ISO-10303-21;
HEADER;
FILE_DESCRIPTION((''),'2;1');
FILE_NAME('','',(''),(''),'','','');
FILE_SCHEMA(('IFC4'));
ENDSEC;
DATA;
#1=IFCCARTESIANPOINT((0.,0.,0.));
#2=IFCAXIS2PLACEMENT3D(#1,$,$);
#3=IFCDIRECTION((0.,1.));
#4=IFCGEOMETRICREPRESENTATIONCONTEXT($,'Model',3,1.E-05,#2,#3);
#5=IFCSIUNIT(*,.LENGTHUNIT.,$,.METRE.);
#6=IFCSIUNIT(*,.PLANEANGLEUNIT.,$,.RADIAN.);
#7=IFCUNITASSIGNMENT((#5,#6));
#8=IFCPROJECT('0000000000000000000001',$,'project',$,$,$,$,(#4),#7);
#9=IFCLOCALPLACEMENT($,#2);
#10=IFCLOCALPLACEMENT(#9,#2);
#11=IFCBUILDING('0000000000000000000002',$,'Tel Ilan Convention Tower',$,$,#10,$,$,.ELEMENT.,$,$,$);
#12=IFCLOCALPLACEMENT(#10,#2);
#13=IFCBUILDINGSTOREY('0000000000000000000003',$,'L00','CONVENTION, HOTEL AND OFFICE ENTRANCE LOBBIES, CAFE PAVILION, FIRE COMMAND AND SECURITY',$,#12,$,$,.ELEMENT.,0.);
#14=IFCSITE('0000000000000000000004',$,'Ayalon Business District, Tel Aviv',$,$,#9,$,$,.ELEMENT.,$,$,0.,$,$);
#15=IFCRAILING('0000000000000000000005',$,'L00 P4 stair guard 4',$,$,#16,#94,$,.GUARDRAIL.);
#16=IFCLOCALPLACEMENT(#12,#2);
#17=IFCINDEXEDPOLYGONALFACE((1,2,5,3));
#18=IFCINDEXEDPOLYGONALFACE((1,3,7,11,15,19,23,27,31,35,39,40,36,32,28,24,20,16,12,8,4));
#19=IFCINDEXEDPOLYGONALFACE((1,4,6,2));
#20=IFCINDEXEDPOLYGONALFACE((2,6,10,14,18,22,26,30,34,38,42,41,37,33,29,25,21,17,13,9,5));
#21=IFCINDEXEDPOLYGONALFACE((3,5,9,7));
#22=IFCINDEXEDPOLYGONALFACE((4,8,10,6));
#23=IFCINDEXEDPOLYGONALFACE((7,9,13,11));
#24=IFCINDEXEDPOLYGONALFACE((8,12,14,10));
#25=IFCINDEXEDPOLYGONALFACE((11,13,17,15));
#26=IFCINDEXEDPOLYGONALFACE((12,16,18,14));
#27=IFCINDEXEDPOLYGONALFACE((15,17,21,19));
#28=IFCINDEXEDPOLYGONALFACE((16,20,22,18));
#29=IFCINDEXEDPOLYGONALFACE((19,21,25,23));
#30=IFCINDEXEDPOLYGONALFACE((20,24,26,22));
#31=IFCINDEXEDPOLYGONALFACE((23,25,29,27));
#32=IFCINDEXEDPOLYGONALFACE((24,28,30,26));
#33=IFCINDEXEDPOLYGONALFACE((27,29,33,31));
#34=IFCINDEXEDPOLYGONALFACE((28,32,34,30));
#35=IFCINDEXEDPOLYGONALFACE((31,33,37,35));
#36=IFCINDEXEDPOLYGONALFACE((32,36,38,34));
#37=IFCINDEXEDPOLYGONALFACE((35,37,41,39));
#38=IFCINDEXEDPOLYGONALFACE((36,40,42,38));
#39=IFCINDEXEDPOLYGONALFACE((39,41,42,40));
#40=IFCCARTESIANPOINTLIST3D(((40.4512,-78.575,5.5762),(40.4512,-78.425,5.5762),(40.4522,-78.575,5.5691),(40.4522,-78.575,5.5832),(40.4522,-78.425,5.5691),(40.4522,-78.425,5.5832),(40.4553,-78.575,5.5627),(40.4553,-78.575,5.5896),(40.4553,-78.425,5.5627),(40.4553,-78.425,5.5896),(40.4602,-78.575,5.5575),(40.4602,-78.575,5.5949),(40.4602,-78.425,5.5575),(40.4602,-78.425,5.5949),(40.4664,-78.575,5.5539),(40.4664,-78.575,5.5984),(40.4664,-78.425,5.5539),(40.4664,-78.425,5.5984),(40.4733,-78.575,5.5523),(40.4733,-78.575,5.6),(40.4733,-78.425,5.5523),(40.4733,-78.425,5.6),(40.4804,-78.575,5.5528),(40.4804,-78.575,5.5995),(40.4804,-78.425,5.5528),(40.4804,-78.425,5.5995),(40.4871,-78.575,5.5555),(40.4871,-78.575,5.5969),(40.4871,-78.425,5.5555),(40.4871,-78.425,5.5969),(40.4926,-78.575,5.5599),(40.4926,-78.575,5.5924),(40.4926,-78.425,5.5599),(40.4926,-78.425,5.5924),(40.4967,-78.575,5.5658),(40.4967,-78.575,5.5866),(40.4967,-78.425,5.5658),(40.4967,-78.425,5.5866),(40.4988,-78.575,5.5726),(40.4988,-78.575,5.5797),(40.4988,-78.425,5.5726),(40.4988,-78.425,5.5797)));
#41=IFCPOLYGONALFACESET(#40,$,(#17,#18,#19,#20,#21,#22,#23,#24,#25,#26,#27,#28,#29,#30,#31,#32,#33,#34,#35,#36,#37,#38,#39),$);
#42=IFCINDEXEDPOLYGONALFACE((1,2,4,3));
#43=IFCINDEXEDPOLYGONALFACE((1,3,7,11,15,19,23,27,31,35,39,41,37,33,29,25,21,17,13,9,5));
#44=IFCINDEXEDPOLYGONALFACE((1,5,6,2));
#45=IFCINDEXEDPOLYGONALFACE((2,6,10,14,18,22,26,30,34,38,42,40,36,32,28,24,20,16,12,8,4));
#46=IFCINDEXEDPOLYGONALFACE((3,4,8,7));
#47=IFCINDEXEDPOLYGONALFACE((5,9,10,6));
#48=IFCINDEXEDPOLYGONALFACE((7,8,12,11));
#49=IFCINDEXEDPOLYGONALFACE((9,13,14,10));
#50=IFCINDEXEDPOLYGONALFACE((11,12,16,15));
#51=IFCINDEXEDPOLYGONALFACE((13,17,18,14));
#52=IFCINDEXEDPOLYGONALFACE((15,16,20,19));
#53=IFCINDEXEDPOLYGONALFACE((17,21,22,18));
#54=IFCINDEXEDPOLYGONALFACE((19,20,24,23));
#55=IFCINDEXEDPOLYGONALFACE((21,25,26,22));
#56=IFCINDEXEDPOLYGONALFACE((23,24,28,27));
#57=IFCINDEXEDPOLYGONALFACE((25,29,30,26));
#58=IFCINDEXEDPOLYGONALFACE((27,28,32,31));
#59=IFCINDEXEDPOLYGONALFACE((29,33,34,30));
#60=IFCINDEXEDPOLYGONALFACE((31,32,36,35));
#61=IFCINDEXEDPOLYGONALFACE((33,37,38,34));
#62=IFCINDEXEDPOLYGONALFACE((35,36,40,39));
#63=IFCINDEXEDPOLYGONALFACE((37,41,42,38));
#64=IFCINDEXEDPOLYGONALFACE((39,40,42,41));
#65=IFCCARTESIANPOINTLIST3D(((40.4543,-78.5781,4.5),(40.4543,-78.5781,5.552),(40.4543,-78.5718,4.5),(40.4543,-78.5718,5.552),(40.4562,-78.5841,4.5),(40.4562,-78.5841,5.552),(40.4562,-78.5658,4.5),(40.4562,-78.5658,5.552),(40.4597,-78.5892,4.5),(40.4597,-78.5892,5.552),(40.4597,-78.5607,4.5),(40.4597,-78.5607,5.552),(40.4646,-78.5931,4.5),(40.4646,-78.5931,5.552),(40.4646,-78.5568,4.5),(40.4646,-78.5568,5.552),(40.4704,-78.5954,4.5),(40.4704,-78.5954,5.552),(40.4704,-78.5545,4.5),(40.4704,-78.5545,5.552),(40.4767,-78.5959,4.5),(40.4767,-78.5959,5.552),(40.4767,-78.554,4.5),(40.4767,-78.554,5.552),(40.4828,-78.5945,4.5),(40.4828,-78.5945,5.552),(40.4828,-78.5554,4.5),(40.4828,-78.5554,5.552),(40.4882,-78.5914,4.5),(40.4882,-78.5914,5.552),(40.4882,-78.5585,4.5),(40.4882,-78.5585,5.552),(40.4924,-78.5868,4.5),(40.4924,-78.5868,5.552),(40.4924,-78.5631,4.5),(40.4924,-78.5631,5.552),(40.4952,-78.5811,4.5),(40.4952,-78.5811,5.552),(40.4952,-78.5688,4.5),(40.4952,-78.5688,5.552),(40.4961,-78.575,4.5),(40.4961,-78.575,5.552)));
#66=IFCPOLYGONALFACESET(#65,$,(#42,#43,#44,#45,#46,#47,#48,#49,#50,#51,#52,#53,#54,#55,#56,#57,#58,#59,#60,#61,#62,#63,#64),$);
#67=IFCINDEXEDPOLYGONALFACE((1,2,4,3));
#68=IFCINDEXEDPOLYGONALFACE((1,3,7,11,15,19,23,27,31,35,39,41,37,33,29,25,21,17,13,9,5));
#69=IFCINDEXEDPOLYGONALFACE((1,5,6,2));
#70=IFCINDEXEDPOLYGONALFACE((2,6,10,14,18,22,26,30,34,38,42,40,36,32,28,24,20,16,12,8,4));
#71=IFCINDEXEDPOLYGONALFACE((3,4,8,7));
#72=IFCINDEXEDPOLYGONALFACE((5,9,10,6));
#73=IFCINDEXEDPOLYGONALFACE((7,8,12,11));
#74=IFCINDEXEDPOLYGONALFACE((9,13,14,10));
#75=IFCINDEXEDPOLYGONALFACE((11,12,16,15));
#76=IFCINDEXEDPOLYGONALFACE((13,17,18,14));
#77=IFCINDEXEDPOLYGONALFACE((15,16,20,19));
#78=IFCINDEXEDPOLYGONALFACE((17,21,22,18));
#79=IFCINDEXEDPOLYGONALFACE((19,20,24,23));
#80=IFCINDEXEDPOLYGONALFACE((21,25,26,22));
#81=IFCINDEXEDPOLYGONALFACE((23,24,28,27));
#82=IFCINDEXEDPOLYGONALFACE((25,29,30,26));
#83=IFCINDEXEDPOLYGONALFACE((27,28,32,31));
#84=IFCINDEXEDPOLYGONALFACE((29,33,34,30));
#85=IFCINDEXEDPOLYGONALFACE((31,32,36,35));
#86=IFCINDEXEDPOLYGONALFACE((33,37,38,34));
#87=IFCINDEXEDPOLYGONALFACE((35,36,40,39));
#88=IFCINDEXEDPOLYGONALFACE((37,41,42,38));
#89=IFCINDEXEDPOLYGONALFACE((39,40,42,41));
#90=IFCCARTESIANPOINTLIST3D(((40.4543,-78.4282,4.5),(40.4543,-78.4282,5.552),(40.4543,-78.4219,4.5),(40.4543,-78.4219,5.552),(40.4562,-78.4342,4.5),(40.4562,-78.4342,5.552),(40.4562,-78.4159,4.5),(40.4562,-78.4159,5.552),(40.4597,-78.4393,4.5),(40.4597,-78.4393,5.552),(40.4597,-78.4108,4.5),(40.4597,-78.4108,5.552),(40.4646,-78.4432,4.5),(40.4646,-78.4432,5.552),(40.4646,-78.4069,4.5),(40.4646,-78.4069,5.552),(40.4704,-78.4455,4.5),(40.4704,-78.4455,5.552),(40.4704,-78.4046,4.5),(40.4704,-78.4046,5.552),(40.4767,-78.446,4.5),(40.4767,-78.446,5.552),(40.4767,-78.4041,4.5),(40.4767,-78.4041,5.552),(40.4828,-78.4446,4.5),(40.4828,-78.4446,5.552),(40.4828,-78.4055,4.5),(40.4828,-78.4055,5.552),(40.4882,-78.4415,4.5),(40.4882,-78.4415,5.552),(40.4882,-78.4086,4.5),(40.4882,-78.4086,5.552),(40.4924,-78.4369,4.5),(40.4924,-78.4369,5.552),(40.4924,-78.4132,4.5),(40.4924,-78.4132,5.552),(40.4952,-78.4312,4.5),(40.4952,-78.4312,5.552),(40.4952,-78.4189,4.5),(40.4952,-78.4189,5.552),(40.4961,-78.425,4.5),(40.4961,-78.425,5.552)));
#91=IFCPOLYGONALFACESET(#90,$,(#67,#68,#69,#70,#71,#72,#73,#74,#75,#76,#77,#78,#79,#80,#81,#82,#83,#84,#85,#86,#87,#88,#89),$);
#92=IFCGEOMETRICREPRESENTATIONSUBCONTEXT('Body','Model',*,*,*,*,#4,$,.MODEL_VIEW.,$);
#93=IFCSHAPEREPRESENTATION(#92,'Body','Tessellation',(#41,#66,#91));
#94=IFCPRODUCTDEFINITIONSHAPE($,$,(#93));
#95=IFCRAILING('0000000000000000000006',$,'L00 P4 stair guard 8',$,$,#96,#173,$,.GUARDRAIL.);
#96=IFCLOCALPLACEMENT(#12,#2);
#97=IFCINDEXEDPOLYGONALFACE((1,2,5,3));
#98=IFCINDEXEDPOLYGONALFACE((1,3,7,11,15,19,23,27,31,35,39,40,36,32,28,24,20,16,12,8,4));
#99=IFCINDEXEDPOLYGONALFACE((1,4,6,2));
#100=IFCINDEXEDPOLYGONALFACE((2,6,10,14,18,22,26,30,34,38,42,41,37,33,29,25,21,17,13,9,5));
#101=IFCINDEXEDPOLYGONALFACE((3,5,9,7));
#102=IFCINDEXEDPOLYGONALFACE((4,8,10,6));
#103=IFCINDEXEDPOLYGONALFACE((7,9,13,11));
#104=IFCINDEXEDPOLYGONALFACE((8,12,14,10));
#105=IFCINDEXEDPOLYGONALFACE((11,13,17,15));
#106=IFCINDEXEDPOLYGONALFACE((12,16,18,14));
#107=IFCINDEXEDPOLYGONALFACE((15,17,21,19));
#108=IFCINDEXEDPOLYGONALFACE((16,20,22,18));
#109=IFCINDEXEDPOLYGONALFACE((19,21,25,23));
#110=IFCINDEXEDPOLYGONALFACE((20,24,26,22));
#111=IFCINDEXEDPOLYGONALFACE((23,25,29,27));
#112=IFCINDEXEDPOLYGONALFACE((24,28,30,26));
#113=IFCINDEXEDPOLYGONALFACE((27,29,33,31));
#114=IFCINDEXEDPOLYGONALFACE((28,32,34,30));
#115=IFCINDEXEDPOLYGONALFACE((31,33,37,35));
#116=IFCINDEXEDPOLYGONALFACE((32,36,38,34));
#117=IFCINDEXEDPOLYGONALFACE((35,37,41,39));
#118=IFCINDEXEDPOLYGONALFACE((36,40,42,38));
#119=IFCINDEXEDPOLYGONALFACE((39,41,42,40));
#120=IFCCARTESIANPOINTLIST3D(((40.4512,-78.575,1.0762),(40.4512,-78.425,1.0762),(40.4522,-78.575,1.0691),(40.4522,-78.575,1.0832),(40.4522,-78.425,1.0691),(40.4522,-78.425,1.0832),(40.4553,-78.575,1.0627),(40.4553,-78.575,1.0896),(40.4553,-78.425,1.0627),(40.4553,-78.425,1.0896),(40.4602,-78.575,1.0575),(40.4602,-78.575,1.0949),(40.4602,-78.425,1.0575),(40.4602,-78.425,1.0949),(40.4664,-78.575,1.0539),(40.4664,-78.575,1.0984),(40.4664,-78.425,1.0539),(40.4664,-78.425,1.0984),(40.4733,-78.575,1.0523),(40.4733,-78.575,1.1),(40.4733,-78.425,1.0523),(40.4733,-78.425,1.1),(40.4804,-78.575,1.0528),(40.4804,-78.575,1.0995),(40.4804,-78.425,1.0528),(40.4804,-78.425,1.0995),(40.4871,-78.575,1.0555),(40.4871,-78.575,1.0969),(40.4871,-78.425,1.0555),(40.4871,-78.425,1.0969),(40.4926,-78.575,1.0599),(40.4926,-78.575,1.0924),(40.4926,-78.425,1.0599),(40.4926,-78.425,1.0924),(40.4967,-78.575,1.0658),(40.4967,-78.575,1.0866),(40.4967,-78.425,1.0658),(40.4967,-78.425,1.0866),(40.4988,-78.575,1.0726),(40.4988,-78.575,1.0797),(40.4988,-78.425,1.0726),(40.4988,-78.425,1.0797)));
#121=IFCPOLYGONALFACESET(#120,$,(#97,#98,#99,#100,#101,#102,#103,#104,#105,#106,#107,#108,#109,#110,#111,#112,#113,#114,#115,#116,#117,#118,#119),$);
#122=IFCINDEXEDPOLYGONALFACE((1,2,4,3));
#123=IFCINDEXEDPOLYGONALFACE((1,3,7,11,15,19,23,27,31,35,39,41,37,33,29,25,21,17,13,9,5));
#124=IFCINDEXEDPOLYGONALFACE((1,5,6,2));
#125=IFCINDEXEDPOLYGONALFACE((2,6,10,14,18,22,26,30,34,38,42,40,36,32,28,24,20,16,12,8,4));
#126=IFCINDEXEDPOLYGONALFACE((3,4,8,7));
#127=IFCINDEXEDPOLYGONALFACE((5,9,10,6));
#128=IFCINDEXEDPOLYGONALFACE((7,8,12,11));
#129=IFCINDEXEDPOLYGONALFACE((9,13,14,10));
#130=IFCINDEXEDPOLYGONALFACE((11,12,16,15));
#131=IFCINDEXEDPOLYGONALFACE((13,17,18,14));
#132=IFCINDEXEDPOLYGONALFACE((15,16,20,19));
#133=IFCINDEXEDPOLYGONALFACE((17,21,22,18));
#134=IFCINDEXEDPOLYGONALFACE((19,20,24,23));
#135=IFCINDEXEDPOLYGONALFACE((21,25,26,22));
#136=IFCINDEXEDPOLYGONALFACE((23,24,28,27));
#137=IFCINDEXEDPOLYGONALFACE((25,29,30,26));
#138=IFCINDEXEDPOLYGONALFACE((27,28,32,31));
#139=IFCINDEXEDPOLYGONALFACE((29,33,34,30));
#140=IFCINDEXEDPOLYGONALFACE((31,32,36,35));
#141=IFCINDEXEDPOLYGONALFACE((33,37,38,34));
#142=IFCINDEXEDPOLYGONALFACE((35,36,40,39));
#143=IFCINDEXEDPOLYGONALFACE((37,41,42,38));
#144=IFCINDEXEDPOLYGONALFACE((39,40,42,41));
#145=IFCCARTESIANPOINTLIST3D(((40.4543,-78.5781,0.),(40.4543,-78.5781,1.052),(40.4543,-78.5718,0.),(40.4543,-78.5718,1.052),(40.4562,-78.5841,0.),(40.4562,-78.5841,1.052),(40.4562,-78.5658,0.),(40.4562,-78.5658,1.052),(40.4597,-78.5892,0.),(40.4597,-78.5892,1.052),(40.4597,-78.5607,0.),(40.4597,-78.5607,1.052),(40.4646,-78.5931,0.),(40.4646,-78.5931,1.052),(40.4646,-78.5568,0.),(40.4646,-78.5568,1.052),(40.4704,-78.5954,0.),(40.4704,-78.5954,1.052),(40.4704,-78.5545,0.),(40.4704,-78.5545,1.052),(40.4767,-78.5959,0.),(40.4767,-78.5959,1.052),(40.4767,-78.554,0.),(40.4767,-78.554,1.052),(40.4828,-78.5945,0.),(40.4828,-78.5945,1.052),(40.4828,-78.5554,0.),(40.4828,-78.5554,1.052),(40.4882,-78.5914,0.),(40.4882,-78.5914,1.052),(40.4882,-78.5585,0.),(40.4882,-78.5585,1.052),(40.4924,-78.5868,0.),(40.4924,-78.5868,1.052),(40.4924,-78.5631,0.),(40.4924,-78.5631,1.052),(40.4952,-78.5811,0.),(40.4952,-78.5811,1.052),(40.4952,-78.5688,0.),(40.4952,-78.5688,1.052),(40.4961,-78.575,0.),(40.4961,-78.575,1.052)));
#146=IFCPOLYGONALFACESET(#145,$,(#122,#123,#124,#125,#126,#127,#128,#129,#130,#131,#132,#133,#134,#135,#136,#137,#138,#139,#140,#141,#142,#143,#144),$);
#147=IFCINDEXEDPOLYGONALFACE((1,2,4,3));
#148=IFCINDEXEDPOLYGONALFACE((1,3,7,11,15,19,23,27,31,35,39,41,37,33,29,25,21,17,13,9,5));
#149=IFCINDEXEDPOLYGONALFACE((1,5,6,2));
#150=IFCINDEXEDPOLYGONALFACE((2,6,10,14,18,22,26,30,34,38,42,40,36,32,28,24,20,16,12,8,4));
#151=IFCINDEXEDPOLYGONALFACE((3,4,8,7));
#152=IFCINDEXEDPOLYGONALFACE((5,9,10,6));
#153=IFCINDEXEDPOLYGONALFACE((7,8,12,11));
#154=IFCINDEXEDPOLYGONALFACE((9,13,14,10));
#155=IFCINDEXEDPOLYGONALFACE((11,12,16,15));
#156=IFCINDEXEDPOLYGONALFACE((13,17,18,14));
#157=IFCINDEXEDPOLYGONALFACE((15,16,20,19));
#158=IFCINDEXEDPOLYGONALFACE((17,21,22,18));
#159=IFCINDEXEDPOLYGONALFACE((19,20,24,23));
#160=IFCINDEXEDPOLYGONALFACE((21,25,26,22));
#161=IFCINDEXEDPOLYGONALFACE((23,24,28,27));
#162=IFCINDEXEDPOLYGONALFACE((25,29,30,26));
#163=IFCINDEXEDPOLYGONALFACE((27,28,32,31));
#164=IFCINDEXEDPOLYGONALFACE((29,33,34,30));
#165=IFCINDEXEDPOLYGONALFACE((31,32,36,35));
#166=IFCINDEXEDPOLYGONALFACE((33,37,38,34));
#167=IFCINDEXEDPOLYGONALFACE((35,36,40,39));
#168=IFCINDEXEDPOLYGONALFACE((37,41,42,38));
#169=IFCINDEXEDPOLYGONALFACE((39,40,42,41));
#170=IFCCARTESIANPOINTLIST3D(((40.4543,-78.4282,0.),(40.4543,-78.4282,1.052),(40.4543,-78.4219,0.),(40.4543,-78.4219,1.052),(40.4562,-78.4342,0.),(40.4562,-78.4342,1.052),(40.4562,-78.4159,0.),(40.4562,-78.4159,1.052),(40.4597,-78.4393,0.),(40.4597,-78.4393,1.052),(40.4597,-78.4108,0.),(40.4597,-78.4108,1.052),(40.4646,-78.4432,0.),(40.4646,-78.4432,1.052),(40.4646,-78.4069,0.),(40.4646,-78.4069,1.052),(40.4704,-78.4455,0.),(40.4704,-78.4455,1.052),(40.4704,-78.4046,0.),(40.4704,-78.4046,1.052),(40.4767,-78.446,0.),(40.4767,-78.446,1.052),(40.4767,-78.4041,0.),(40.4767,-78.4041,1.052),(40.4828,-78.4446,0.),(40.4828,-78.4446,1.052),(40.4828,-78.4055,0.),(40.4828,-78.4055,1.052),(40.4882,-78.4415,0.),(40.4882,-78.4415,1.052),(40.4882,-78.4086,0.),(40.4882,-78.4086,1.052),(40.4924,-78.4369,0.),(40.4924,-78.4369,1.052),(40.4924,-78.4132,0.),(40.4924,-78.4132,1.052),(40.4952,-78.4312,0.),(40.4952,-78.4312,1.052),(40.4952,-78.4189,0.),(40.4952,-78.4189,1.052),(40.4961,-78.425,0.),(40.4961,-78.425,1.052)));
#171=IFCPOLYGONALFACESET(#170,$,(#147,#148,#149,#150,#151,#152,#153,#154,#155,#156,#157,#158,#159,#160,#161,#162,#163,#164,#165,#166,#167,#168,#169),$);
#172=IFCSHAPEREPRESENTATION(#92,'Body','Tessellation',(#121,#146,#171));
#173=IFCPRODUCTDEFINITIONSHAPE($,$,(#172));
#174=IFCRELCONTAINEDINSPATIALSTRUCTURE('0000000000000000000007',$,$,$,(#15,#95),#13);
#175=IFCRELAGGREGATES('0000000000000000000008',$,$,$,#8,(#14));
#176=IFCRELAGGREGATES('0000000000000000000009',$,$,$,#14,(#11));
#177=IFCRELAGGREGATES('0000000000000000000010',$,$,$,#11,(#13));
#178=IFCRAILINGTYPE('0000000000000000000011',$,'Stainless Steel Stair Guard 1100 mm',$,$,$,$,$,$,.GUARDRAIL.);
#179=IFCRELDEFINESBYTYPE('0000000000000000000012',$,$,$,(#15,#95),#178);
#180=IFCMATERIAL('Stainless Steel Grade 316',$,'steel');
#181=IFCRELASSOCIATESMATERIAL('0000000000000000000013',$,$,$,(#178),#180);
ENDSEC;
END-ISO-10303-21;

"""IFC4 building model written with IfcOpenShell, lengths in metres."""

from ifc_helpers import new_model, si_unit, direction, frame, origin, origin_2d, place, context, subcontext, project, spatial, circle, extrude, material, type_object, element, save


model = new_model("IFC4")

# Units and contexts
model_context = context("Model", 3, precision=1e-05, world=origin(), true_north=direction((0.0, 1.0)))
body_context = subcontext(model_context, "Body", "Model", "MODEL_VIEW")
ifc_project = project(units=[si_unit("LENGTHUNIT", "METRE"), si_unit("PLANEANGLEUNIT", "RADIAN")], contexts=[model_context])

# Site, building, storey
site_placement = place(None, origin())
site = spatial("IfcSite", under=ifc_project, at=site_placement, Name="Ayalon Business District, Tel Aviv", CompositionType="ELEMENT", RefElevation=0.0)
building_placement = place(site_placement, origin())
building = spatial("IfcBuilding", under=site, at=building_placement, Name="Tel Ilan Convention Tower", CompositionType="ELEMENT")
storey_placement = place(building_placement, origin())
storey = spatial("IfcBuildingStorey", under=building, at=storey_placement, Name="L00", Description="CONVENTION, HOTEL AND OFFICE ENTRANCE LOBBIES, CAFE PAVILION, FIRE COMMAND AND SECURITY", CompositionType="ELEMENT", Elevation=0.0)

# Railings
ifc_material_1 = material(Name="Stainless Steel Grade 316", Category="steel")
railing_type_1 = type_object("IfcRailingType", Name="Stainless Steel Stair Guard 1100 mm", PredefinedType="GUARDRAIL", material=ifc_material_1)
for number, where, name in (
    (1, (40.4751, -78.575, 4.5), "L00 P4 stair guard 4"),
    (2, (40.4751, -78.575, 0.0), "L00 P4 stair guard 8"),
):
    element("IfcRailing", number, at=place(storey_placement, frame(where)), inside=storey, type_object=railing_type_1, Name=name, PredefinedType="GUARDRAIL", context=body_context, shape_type="SweptSolid", body=[
        extrude(circle(Radius=0.0239, at=origin_2d()), frame((0.0, 0.0, 1.0762), z_axis=(0.0, 1.0, 0.0), x_axis=(-1.0, 0.0, 0.0)), (0.0, 0.0, 1.0), 0.1499),
        extrude(circle(Radius=0.021, at=origin_2d()), origin(), (0.0, 0.0, 1.0), 1.052),
        extrude(circle(Radius=0.021, at=origin_2d()), frame((0.0, 0.1499, 0.0)), (0.0, 0.0, 1.0), 1.052),
    ])

save(model, "model.ifc")
